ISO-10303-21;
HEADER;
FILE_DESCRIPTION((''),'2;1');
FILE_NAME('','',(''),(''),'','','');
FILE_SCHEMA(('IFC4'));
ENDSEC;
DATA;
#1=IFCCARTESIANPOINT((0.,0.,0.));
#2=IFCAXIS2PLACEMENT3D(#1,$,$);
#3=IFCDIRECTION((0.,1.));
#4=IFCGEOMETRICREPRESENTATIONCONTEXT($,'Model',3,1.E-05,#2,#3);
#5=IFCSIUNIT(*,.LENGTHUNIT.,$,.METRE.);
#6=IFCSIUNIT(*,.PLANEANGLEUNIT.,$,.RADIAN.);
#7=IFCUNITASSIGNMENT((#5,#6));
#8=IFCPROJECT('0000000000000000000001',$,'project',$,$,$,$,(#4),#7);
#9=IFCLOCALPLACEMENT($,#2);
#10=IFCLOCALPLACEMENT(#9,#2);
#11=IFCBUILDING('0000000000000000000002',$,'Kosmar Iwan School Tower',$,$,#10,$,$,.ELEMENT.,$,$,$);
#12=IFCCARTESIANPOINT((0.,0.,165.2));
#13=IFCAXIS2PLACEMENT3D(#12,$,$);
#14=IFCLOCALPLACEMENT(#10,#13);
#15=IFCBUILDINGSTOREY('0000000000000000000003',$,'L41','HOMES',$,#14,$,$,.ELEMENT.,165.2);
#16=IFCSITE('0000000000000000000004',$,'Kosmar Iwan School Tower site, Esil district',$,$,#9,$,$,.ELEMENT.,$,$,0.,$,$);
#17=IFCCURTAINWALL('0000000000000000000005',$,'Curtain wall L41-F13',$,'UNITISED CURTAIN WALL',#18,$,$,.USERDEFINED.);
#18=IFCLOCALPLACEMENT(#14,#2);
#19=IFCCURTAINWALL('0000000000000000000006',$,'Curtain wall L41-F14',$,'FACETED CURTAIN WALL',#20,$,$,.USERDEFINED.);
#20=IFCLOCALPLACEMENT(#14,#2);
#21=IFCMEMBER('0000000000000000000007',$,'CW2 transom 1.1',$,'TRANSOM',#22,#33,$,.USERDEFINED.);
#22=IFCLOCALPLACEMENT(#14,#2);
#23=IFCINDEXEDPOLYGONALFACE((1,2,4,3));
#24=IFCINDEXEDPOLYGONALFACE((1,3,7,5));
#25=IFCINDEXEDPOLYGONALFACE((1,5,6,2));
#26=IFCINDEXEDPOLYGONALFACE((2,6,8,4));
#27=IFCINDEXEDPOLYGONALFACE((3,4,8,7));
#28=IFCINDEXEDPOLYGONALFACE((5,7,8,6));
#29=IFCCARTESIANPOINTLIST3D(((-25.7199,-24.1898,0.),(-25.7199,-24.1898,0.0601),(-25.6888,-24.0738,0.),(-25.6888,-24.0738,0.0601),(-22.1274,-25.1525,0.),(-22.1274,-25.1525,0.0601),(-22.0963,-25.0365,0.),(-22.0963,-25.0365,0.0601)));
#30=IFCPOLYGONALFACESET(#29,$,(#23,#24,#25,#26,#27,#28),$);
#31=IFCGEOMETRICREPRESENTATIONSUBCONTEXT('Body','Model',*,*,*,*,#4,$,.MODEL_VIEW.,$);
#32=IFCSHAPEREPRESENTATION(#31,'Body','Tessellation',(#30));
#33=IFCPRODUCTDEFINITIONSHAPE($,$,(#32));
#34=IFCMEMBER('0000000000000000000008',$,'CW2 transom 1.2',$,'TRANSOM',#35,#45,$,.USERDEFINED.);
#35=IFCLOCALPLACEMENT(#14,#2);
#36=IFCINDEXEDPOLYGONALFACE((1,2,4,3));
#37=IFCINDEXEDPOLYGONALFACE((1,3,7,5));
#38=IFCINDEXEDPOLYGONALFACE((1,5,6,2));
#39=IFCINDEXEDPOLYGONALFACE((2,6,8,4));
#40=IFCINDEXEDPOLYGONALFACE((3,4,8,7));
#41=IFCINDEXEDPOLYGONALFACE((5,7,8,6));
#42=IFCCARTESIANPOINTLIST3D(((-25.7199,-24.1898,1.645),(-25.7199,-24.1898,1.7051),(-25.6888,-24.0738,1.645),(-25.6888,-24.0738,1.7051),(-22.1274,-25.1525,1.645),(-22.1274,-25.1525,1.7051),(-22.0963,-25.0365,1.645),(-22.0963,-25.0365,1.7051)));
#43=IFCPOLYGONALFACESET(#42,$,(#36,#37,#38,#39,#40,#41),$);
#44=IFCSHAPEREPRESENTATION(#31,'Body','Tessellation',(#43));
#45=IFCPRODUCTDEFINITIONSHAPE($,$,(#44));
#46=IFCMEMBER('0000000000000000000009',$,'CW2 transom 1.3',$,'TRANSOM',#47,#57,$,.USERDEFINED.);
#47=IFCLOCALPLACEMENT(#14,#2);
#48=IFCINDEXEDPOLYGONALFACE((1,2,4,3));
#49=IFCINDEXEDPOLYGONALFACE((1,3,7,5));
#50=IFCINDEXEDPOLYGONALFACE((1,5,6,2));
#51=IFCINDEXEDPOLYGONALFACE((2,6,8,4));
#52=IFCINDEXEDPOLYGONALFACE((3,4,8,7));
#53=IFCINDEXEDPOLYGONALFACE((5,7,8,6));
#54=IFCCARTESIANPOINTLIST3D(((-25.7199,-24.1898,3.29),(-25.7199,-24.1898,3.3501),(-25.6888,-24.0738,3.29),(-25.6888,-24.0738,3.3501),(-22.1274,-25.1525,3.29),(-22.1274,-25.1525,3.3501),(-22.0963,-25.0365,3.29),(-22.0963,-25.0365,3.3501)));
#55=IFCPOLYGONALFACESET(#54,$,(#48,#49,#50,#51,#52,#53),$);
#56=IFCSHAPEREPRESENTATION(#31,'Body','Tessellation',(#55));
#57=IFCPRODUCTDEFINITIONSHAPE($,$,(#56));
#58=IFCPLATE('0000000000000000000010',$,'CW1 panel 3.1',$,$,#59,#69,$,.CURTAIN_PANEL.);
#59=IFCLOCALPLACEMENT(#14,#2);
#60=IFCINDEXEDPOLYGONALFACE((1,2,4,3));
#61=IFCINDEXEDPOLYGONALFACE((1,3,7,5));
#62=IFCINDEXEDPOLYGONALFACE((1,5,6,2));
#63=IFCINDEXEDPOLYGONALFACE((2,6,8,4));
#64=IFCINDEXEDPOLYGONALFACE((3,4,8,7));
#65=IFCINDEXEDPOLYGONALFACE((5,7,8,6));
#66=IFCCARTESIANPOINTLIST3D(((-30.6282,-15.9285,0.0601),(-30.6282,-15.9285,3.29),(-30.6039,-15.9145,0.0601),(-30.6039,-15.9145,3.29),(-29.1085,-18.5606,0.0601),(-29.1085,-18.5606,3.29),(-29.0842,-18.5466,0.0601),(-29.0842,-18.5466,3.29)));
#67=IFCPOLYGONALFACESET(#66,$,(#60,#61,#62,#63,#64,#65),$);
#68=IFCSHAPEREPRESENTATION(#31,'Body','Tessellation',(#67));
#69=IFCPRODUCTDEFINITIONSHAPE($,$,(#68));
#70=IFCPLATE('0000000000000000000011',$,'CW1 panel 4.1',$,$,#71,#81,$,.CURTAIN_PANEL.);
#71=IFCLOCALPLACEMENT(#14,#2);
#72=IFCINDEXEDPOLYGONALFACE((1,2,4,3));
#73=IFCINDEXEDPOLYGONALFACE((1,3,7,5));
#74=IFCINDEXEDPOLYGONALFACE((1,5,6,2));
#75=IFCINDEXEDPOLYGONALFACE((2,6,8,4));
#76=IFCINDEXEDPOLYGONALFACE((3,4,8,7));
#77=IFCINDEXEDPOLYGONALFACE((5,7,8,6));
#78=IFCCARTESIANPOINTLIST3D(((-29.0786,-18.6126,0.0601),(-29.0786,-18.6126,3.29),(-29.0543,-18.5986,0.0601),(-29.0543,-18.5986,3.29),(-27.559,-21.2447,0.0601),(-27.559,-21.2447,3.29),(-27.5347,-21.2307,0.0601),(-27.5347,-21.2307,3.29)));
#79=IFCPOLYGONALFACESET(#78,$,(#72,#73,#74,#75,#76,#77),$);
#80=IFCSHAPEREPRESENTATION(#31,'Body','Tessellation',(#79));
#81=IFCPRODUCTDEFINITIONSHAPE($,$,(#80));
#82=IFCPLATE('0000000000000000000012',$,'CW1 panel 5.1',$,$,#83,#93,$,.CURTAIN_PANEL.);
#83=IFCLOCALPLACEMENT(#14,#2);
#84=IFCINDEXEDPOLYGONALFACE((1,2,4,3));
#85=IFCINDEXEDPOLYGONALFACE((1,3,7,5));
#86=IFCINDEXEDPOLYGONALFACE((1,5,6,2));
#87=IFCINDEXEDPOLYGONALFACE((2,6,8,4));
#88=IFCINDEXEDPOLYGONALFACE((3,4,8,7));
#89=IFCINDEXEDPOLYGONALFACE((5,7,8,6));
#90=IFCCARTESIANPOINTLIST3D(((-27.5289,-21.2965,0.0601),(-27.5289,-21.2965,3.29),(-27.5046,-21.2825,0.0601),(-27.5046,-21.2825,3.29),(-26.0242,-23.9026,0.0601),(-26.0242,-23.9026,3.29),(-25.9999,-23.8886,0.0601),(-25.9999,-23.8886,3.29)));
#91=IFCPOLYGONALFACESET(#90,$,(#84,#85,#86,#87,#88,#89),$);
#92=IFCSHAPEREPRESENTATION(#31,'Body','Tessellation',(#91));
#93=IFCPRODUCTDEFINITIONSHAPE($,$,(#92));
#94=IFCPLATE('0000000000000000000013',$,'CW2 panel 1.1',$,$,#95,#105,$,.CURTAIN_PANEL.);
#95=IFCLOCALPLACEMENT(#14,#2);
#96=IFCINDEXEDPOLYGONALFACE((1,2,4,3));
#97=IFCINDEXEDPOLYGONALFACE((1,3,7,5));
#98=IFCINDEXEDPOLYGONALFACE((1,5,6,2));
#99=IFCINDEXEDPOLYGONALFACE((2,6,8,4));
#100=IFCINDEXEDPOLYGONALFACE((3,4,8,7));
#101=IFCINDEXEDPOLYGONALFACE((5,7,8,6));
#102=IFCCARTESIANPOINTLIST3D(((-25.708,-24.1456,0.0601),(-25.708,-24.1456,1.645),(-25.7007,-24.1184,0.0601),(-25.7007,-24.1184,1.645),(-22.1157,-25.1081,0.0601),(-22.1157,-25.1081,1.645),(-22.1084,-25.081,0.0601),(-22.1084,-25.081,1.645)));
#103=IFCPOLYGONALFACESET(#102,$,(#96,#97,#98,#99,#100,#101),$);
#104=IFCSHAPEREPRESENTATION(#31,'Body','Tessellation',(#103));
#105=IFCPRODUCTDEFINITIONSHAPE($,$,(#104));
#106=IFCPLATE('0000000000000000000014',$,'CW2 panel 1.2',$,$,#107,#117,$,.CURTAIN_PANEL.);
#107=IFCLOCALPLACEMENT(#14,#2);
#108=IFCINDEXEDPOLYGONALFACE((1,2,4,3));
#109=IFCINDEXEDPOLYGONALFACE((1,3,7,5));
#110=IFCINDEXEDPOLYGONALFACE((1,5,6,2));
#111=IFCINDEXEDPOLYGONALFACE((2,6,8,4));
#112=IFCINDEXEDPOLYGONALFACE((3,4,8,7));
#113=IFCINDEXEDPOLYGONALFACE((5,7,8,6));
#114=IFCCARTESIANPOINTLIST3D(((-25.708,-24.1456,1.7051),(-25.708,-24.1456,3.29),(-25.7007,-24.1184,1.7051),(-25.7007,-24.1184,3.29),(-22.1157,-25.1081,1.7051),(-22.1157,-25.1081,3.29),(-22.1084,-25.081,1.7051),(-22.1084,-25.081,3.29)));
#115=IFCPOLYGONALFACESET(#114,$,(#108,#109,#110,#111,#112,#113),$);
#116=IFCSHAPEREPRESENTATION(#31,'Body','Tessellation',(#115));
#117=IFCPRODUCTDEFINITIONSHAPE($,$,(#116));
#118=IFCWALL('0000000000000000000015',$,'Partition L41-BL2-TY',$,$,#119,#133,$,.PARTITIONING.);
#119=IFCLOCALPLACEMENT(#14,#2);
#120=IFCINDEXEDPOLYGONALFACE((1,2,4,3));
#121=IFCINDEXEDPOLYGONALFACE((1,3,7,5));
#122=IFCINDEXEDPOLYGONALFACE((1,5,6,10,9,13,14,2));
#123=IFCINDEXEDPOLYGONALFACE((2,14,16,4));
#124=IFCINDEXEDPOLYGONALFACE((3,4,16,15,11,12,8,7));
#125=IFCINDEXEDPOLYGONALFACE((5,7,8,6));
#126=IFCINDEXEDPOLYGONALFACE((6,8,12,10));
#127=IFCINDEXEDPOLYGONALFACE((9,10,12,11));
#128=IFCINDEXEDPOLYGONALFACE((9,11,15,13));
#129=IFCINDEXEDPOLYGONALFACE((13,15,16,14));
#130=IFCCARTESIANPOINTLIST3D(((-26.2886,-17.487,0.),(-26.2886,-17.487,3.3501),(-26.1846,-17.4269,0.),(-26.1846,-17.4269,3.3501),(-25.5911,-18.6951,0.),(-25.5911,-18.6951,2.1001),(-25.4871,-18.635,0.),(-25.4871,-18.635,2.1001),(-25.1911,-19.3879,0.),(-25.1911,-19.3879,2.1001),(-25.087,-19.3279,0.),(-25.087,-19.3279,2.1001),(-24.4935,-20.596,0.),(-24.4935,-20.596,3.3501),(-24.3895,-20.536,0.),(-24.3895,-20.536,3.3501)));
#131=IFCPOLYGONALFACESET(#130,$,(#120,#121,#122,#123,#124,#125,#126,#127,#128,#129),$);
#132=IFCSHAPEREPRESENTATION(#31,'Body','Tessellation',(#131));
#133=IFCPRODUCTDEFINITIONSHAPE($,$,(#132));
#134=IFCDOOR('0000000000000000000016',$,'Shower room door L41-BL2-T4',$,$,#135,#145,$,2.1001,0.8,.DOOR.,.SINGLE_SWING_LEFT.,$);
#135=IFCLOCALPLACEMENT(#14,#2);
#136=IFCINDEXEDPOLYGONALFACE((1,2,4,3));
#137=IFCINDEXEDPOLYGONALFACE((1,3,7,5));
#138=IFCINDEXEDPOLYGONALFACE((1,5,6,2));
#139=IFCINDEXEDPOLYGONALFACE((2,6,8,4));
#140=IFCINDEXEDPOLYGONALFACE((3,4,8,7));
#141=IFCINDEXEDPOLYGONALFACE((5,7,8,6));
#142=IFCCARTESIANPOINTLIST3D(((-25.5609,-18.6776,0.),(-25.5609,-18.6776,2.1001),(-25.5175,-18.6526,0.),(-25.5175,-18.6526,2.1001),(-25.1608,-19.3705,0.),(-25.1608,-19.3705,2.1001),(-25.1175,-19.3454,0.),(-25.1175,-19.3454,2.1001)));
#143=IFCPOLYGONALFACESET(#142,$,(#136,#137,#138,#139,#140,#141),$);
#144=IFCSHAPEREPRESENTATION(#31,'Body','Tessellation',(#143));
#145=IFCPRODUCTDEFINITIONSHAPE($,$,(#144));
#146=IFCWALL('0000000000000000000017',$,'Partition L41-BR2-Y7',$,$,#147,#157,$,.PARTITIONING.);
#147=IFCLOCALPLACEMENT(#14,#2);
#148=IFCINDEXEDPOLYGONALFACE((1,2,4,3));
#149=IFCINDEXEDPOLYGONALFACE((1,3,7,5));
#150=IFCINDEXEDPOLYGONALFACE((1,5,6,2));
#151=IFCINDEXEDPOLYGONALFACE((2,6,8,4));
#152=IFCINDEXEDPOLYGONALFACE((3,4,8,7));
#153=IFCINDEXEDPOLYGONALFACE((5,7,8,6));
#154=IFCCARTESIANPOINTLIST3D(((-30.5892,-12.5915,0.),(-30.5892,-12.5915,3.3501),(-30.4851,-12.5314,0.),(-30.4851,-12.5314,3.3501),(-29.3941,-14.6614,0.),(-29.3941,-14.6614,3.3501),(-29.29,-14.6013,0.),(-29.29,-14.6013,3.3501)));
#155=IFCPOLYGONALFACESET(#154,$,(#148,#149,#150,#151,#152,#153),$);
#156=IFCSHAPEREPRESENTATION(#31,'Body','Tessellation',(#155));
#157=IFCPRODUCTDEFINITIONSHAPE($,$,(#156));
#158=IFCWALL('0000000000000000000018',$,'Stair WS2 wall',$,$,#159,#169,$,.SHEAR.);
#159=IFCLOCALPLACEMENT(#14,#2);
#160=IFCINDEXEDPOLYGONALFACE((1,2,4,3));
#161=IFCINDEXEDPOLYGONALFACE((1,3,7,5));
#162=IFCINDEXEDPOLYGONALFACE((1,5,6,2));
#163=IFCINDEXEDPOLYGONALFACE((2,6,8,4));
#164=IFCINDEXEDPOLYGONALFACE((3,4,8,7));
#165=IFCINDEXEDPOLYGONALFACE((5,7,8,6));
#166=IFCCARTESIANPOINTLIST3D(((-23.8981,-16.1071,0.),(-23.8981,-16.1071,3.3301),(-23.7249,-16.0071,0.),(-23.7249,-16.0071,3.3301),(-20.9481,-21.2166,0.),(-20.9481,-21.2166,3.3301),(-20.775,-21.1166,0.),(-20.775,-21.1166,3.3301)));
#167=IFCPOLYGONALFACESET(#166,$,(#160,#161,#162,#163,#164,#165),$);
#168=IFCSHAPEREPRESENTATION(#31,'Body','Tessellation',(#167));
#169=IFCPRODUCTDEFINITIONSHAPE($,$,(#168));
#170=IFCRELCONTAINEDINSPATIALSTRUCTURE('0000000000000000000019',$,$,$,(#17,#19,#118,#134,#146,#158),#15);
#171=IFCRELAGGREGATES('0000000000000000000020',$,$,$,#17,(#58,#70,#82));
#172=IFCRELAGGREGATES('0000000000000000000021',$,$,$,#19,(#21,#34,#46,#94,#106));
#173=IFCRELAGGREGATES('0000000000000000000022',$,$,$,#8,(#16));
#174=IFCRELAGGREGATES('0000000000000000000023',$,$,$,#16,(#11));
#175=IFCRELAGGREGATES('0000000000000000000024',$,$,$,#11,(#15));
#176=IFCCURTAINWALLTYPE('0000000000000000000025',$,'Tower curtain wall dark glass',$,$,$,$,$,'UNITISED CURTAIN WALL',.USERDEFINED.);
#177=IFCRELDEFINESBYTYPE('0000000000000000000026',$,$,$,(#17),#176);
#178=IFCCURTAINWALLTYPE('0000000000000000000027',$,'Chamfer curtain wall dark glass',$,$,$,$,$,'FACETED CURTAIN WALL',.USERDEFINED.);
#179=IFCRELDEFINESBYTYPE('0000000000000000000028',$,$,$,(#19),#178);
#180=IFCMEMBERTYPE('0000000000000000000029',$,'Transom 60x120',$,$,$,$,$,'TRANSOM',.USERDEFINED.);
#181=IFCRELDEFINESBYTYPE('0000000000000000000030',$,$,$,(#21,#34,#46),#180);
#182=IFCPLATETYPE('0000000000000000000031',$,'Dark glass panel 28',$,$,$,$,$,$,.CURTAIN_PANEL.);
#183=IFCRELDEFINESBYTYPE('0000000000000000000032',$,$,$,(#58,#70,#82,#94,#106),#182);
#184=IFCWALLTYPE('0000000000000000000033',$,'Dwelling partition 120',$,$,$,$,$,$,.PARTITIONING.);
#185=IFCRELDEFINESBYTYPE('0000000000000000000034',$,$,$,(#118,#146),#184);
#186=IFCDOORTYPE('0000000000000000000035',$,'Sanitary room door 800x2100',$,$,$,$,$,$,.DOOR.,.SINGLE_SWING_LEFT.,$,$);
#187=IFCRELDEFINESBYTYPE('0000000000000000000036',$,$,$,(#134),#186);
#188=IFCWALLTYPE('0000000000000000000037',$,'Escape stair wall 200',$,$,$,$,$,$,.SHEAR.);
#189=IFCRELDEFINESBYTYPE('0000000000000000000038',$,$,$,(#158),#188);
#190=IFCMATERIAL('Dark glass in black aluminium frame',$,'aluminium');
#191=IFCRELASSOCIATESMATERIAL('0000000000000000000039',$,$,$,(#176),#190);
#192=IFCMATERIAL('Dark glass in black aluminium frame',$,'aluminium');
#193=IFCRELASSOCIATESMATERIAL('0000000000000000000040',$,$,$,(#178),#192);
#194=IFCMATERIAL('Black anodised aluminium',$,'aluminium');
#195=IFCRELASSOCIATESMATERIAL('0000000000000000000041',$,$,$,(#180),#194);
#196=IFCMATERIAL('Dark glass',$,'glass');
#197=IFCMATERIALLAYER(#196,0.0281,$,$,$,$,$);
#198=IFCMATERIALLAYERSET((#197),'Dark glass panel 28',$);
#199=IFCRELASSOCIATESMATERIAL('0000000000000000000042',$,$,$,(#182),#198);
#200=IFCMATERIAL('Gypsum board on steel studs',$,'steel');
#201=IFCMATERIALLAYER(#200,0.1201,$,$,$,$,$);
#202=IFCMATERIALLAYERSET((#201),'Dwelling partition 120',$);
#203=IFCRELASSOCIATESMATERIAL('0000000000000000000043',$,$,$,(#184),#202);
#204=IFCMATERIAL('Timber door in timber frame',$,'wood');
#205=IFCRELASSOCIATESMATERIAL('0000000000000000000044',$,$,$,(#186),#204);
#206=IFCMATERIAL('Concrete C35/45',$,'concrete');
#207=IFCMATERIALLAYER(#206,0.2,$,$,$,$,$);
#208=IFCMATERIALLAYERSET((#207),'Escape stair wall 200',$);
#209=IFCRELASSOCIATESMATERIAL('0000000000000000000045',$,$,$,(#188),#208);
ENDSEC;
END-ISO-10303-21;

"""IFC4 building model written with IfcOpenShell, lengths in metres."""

from ifc_helpers import new_model, si_unit, direction, frame, frame_2d, origin, origin_2d, place, context, subcontext, project, spatial, rectangle, extrude, material, layer, layer_set, material_profile, profile_set, type_object, element, fill, aggregate, save


model = new_model("IFC4")

# Units and contexts
model_context = context("Model", 3, precision=1e-05, world=origin(), true_north=direction((0.0, 1.0)))
body_context = subcontext(model_context, "Body", "Model", "MODEL_VIEW")
ifc_project = project(units=[si_unit("LENGTHUNIT", "METRE"), si_unit("PLANEANGLEUNIT", "RADIAN")], contexts=[model_context])

# Site, building, storey
site_placement = place(None, origin())
site = spatial("IfcSite", under=ifc_project, at=site_placement, Name="Kosmar Iwan School Tower site, Esil district", CompositionType="ELEMENT", RefElevation=0.0)
building_placement = place(site_placement, origin())
building = spatial("IfcBuilding", under=site, at=building_placement, Name="Kosmar Iwan School Tower", CompositionType="ELEMENT")
storey_placement = place(building_placement, frame((0.0, 0.0, 165.2)))
storey = spatial("IfcBuildingStorey", under=building, at=storey_placement, Name="L41", Description="HOMES", CompositionType="ELEMENT", Elevation=165.2)

# Curtain wall
ifc_material_1 = material(Name="Dark glass in black aluminium frame", Category="aluminium")
curtain_wall_type_1 = type_object("IfcCurtainWallType", Name="Tower curtain wall dark glass", ElementType="UNITISED CURTAIN WALL", PredefinedType="USERDEFINED", material=ifc_material_1)
curtain_wall_1_placement = place(storey_placement, origin())
curtain_wall_1 = element("IfcCurtainWall", 1, at=curtain_wall_1_placement, inside=storey, type_object=curtain_wall_type_1, Name="Curtain wall L41-F13", ObjectType="UNITISED CURTAIN WALL", PredefinedType="USERDEFINED")

# Curtain wall
ifc_material_2 = material(Name="Dark glass in black aluminium frame", Category="aluminium")
curtain_wall_type_2 = type_object("IfcCurtainWallType", Name="Chamfer curtain wall dark glass", ElementType="FACETED CURTAIN WALL", PredefinedType="USERDEFINED", material=ifc_material_2)
curtain_wall_2_placement = place(storey_placement, origin())
curtain_wall_2 = element("IfcCurtainWall", 2, at=curtain_wall_2_placement, inside=storey, type_object=curtain_wall_type_2, Name="Curtain wall L41-F14", ObjectType="FACETED CURTAIN WALL", PredefinedType="USERDEFINED")

# Members
ifc_material_3 = material(Name="Black anodised aluminium", Category="aluminium")
ifc_material_profile_1 = material_profile(ifc_material_3, rectangle(XDim=0.1201, YDim=0.0601, at=origin_2d()), Name="TRANSOM 60x120")
ifc_profile_set_1 = profile_set([ifc_material_profile_1], Name="Black anodised aluminium")
member_type_1 = type_object("IfcMemberType", Name="Transom 60x120", ElementType="TRANSOM", PredefinedType="USERDEFINED", material=ifc_profile_set_1)
member_1_placement = place(storey_placement, frame((-25.7043, -24.1318, 0.03), z_axis=(0.965924, -0.258827, 0.0), x_axis=(0.258827, 0.965924, 0.0)))
member_1 = element("IfcMember", 3, at=member_1_placement, type_object=member_type_1, Name="CW2 transom 1.1", ObjectType="TRANSOM", PredefinedType="USERDEFINED", context=body_context, shape_type="SweptSolid", body=[
    extrude(rectangle(XDim=0.1201, YDim=0.0601, at=origin_2d()), origin(), (0.0, 0.0, 1.0), 3.7192),
])
member_2_placement = place(storey_placement, frame((-25.7043, -24.1318, 1.675), z_axis=(0.965924, -0.258827, 0.0), x_axis=(0.258827, 0.965924, 0.0)))
member_2 = element("IfcMember", 4, at=member_2_placement, type_object=member_type_1, Name="CW2 transom 1.2", ObjectType="TRANSOM", PredefinedType="USERDEFINED", context=body_context, shape_type="SweptSolid", body=[
    extrude(rectangle(XDim=0.1201, YDim=0.0601, at=origin_2d()), origin(), (0.0, 0.0, 1.0), 3.7192),
])
member_3_placement = place(storey_placement, frame((-25.7043, -24.1318, 3.3201), z_axis=(0.965924, -0.258827, 0.0), x_axis=(0.258827, 0.965924, 0.0)))
member_3 = element("IfcMember", 5, at=member_3_placement, type_object=member_type_1, Name="CW2 transom 1.3", ObjectType="TRANSOM", PredefinedType="USERDEFINED", context=body_context, shape_type="SweptSolid", body=[
    extrude(rectangle(XDim=0.1201, YDim=0.0601, at=origin_2d()), origin(), (0.0, 0.0, 1.0), 3.7192),
])

# Plates
ifc_material_4 = material(Name="Dark glass", Category="glass")
ifc_layer_1 = layer(ifc_material_4, 0.0281)
ifc_layer_set_1 = layer_set([ifc_layer_1], Name="Dark glass panel 28")
plate_type = type_object("IfcPlateType", Name="Dark glass panel 28", PredefinedType="CURTAIN_PANEL", material=ifc_layer_set_1)
plate_1_placement = place(storey_placement, frame((-29.8562, -17.2375, 0.0601), z_axis=(0.0, 0.0, 1.0), x_axis=(0.5, -0.866025, 0.0)))
plate_1 = element("IfcPlate", 6, at=plate_1_placement, type_object=plate_type, Name="CW1 panel 3.1", PredefinedType="CURTAIN_PANEL", context=body_context, shape_type="SweptSolid", body=[
    extrude(rectangle(XDim=3.0393, YDim=0.0281, at=origin_2d()), origin(), (0.0, 0.0, 1.0), 3.23),
])
plate_2_placement = place(storey_placement, frame((-28.3066, -19.9216, 0.0601), z_axis=(0.0, 0.0, 1.0), x_axis=(0.5, -0.866025, 0.0)))
plate_2 = element("IfcPlate", 7, at=plate_2_placement, type_object=plate_type, Name="CW1 panel 4.1", PredefinedType="CURTAIN_PANEL", context=body_context, shape_type="SweptSolid", body=[
    extrude(rectangle(XDim=3.0393, YDim=0.0281, at=origin_2d()), origin(), (0.0, 0.0, 1.0), 3.23),
])
plate_3_placement = place(storey_placement, frame((-26.7644, -22.5925, 0.0601), z_axis=(0.0, 0.0, 1.0), x_axis=(0.5, -0.866025, 0.0)))
plate_3 = element("IfcPlate", 8, at=plate_3_placement, type_object=plate_type, Name="CW1 panel 5.1", PredefinedType="CURTAIN_PANEL", context=body_context, shape_type="SweptSolid", body=[
    extrude(rectangle(XDim=3.0093, YDim=0.0281, at=origin_2d()), origin(), (0.0, 0.0, 1.0), 3.23),
])
aggregate(curtain_wall_1, [plate_1, plate_2, plate_3])
plate_4_placement = place(storey_placement, frame((-23.9082, -24.6133, 0.0601), z_axis=(0.0, 0.0, 1.0), x_axis=(0.965926, -0.258819, 0.0)))
plate_4 = element("IfcPlate", 9, at=plate_4_placement, type_object=plate_type, Name="CW2 panel 1.1", PredefinedType="CURTAIN_PANEL", context=body_context, shape_type="SweptSolid", body=[
    extrude(rectangle(XDim=3.719, YDim=0.0281, at=origin_2d()), origin(), (0.0, 0.0, 1.0), 1.585),
])
plate_5_placement = place(storey_placement, frame((-23.9082, -24.6133, 1.7051), z_axis=(0.0, 0.0, 1.0), x_axis=(0.965926, -0.258819, 0.0)))
plate_5 = element("IfcPlate", 10, at=plate_5_placement, type_object=plate_type, Name="CW2 panel 1.2", PredefinedType="CURTAIN_PANEL", context=body_context, shape_type="SweptSolid", body=[
    extrude(rectangle(XDim=3.719, YDim=0.0281, at=origin_2d()), origin(), (0.0, 0.0, 1.0), 1.585),
])
aggregate(curtain_wall_2, [member_1, member_2, member_3, plate_4, plate_5])

# Wall, opening, door
ifc_material_5 = material(Name="Gypsum board on steel studs", Category="steel")
ifc_layer_2 = layer(ifc_material_5, 0.1201)
ifc_layer_set_2 = layer_set([ifc_layer_2], Name="Dwelling partition 120")
wall_type_1 = type_object("IfcWallType", Name="Dwelling partition 120", PredefinedType="PARTITIONING", material=ifc_layer_set_2)
wall_1_placement = place(storey_placement, frame((-26.2366, -17.457, 0.0), z_axis=(0.0, 0.0, 1.0), x_axis=(0.500023, -0.866012, 0.0)))
wall_1 = element("IfcWall", 11, at=wall_1_placement, inside=storey, type_object=wall_type_1, Name="Partition L41-BL2-TY", PredefinedType="PARTITIONING", context=body_context, shape_type="SweptSolid", body=[
    extrude(rectangle(XDim=3.5901, YDim=0.1201, at=frame_2d((1.7949, 0.0))), origin(), (0.0, 0.0, 1.0), 3.3501),
])
opening_placement = place(wall_1_placement, frame((1.395, 0.0, 0.0)))
opening = element("IfcOpeningElement", 12, at=opening_placement, cuts=wall_1, PredefinedType="OPENING", context=body_context, shape_type="SweptSolid", body=[
    extrude(rectangle(XDim=0.8, YDim=2.1001, at=frame_2d((0.3999, 1.05))), frame((0.0, 0.072, 0.0), z_axis=(0.0, -1.0, 0.0), x_axis=(1.0, 0.0, 0.0)), (0.0, 0.0, 1.0), 0.144),
])
ifc_material_6 = material(Name="Timber door in timber frame", Category="wood")
door_type = type_object("IfcDoorType", Name="Sanitary room door 800x2100", OperationType="SINGLE_SWING_LEFT", PredefinedType="DOOR", material=ifc_material_6)
door_placement = place(opening_placement, origin())
door = element("IfcDoor", 13, at=door_placement, inside=storey, type_object=door_type, Name="Shower room door L41-BL2-T4", OperationType="SINGLE_SWING_LEFT", OverallHeight=2.1001, OverallWidth=0.8, PredefinedType="DOOR", context=body_context, shape_type="SweptSolid", body=[
    extrude(rectangle(XDim=0.8, YDim=2.1001, at=frame_2d((0.3999, 1.05))), frame((0.0, 0.0249, 0.0), z_axis=(0.0, -1.0, 0.0), x_axis=(1.0, 0.0, 0.0)), (0.0, 0.0, 1.0), 0.05),
])
fill(opening, door)

# Walls
wall_2_placement = place(storey_placement, frame((-29.342, -14.6313, 0.0), z_axis=(0.0, 0.0, 1.0), x_axis=(-0.500017, 0.866015, 0.0)))
element("IfcWall", 14, at=wall_2_placement, inside=storey, type_object=wall_type_1, Name="Partition L41-BR2-Y7", PredefinedType="PARTITIONING", context=body_context, shape_type="SweptSolid", body=[
    extrude(rectangle(XDim=2.3901, YDim=0.1201, at=frame_2d((1.1951, 0.0))), origin(), (0.0, 0.0, 1.0), 3.3501),
])
ifc_material_7 = material(Name="Concrete C35/45", Category="concrete")
ifc_layer_3 = layer(ifc_material_7, 0.2)
ifc_layer_set_3 = layer_set([ifc_layer_3], Name="Escape stair wall 200")
wall_type_2 = type_object("IfcWallType", Name="Escape stair wall 200", PredefinedType="SHEAR", material=ifc_layer_set_3)
wall_3_placement = place(storey_placement, frame((-23.8115, -16.0571, 0.0), z_axis=(0.0, 0.0, 1.0), x_axis=(0.500007, -0.866022, 0.0)))
element("IfcWall", 15, at=wall_3_placement, inside=storey, type_object=wall_type_2, Name="Stair WS2 wall", PredefinedType="SHEAR", context=body_context, shape_type="SweptSolid", body=[
    extrude(rectangle(XDim=5.8999, YDim=0.2, at=frame_2d((2.95, 0.0))), origin(), (0.0, 0.0, 1.0), 3.3301),
])

save(model, "model.ifc")
